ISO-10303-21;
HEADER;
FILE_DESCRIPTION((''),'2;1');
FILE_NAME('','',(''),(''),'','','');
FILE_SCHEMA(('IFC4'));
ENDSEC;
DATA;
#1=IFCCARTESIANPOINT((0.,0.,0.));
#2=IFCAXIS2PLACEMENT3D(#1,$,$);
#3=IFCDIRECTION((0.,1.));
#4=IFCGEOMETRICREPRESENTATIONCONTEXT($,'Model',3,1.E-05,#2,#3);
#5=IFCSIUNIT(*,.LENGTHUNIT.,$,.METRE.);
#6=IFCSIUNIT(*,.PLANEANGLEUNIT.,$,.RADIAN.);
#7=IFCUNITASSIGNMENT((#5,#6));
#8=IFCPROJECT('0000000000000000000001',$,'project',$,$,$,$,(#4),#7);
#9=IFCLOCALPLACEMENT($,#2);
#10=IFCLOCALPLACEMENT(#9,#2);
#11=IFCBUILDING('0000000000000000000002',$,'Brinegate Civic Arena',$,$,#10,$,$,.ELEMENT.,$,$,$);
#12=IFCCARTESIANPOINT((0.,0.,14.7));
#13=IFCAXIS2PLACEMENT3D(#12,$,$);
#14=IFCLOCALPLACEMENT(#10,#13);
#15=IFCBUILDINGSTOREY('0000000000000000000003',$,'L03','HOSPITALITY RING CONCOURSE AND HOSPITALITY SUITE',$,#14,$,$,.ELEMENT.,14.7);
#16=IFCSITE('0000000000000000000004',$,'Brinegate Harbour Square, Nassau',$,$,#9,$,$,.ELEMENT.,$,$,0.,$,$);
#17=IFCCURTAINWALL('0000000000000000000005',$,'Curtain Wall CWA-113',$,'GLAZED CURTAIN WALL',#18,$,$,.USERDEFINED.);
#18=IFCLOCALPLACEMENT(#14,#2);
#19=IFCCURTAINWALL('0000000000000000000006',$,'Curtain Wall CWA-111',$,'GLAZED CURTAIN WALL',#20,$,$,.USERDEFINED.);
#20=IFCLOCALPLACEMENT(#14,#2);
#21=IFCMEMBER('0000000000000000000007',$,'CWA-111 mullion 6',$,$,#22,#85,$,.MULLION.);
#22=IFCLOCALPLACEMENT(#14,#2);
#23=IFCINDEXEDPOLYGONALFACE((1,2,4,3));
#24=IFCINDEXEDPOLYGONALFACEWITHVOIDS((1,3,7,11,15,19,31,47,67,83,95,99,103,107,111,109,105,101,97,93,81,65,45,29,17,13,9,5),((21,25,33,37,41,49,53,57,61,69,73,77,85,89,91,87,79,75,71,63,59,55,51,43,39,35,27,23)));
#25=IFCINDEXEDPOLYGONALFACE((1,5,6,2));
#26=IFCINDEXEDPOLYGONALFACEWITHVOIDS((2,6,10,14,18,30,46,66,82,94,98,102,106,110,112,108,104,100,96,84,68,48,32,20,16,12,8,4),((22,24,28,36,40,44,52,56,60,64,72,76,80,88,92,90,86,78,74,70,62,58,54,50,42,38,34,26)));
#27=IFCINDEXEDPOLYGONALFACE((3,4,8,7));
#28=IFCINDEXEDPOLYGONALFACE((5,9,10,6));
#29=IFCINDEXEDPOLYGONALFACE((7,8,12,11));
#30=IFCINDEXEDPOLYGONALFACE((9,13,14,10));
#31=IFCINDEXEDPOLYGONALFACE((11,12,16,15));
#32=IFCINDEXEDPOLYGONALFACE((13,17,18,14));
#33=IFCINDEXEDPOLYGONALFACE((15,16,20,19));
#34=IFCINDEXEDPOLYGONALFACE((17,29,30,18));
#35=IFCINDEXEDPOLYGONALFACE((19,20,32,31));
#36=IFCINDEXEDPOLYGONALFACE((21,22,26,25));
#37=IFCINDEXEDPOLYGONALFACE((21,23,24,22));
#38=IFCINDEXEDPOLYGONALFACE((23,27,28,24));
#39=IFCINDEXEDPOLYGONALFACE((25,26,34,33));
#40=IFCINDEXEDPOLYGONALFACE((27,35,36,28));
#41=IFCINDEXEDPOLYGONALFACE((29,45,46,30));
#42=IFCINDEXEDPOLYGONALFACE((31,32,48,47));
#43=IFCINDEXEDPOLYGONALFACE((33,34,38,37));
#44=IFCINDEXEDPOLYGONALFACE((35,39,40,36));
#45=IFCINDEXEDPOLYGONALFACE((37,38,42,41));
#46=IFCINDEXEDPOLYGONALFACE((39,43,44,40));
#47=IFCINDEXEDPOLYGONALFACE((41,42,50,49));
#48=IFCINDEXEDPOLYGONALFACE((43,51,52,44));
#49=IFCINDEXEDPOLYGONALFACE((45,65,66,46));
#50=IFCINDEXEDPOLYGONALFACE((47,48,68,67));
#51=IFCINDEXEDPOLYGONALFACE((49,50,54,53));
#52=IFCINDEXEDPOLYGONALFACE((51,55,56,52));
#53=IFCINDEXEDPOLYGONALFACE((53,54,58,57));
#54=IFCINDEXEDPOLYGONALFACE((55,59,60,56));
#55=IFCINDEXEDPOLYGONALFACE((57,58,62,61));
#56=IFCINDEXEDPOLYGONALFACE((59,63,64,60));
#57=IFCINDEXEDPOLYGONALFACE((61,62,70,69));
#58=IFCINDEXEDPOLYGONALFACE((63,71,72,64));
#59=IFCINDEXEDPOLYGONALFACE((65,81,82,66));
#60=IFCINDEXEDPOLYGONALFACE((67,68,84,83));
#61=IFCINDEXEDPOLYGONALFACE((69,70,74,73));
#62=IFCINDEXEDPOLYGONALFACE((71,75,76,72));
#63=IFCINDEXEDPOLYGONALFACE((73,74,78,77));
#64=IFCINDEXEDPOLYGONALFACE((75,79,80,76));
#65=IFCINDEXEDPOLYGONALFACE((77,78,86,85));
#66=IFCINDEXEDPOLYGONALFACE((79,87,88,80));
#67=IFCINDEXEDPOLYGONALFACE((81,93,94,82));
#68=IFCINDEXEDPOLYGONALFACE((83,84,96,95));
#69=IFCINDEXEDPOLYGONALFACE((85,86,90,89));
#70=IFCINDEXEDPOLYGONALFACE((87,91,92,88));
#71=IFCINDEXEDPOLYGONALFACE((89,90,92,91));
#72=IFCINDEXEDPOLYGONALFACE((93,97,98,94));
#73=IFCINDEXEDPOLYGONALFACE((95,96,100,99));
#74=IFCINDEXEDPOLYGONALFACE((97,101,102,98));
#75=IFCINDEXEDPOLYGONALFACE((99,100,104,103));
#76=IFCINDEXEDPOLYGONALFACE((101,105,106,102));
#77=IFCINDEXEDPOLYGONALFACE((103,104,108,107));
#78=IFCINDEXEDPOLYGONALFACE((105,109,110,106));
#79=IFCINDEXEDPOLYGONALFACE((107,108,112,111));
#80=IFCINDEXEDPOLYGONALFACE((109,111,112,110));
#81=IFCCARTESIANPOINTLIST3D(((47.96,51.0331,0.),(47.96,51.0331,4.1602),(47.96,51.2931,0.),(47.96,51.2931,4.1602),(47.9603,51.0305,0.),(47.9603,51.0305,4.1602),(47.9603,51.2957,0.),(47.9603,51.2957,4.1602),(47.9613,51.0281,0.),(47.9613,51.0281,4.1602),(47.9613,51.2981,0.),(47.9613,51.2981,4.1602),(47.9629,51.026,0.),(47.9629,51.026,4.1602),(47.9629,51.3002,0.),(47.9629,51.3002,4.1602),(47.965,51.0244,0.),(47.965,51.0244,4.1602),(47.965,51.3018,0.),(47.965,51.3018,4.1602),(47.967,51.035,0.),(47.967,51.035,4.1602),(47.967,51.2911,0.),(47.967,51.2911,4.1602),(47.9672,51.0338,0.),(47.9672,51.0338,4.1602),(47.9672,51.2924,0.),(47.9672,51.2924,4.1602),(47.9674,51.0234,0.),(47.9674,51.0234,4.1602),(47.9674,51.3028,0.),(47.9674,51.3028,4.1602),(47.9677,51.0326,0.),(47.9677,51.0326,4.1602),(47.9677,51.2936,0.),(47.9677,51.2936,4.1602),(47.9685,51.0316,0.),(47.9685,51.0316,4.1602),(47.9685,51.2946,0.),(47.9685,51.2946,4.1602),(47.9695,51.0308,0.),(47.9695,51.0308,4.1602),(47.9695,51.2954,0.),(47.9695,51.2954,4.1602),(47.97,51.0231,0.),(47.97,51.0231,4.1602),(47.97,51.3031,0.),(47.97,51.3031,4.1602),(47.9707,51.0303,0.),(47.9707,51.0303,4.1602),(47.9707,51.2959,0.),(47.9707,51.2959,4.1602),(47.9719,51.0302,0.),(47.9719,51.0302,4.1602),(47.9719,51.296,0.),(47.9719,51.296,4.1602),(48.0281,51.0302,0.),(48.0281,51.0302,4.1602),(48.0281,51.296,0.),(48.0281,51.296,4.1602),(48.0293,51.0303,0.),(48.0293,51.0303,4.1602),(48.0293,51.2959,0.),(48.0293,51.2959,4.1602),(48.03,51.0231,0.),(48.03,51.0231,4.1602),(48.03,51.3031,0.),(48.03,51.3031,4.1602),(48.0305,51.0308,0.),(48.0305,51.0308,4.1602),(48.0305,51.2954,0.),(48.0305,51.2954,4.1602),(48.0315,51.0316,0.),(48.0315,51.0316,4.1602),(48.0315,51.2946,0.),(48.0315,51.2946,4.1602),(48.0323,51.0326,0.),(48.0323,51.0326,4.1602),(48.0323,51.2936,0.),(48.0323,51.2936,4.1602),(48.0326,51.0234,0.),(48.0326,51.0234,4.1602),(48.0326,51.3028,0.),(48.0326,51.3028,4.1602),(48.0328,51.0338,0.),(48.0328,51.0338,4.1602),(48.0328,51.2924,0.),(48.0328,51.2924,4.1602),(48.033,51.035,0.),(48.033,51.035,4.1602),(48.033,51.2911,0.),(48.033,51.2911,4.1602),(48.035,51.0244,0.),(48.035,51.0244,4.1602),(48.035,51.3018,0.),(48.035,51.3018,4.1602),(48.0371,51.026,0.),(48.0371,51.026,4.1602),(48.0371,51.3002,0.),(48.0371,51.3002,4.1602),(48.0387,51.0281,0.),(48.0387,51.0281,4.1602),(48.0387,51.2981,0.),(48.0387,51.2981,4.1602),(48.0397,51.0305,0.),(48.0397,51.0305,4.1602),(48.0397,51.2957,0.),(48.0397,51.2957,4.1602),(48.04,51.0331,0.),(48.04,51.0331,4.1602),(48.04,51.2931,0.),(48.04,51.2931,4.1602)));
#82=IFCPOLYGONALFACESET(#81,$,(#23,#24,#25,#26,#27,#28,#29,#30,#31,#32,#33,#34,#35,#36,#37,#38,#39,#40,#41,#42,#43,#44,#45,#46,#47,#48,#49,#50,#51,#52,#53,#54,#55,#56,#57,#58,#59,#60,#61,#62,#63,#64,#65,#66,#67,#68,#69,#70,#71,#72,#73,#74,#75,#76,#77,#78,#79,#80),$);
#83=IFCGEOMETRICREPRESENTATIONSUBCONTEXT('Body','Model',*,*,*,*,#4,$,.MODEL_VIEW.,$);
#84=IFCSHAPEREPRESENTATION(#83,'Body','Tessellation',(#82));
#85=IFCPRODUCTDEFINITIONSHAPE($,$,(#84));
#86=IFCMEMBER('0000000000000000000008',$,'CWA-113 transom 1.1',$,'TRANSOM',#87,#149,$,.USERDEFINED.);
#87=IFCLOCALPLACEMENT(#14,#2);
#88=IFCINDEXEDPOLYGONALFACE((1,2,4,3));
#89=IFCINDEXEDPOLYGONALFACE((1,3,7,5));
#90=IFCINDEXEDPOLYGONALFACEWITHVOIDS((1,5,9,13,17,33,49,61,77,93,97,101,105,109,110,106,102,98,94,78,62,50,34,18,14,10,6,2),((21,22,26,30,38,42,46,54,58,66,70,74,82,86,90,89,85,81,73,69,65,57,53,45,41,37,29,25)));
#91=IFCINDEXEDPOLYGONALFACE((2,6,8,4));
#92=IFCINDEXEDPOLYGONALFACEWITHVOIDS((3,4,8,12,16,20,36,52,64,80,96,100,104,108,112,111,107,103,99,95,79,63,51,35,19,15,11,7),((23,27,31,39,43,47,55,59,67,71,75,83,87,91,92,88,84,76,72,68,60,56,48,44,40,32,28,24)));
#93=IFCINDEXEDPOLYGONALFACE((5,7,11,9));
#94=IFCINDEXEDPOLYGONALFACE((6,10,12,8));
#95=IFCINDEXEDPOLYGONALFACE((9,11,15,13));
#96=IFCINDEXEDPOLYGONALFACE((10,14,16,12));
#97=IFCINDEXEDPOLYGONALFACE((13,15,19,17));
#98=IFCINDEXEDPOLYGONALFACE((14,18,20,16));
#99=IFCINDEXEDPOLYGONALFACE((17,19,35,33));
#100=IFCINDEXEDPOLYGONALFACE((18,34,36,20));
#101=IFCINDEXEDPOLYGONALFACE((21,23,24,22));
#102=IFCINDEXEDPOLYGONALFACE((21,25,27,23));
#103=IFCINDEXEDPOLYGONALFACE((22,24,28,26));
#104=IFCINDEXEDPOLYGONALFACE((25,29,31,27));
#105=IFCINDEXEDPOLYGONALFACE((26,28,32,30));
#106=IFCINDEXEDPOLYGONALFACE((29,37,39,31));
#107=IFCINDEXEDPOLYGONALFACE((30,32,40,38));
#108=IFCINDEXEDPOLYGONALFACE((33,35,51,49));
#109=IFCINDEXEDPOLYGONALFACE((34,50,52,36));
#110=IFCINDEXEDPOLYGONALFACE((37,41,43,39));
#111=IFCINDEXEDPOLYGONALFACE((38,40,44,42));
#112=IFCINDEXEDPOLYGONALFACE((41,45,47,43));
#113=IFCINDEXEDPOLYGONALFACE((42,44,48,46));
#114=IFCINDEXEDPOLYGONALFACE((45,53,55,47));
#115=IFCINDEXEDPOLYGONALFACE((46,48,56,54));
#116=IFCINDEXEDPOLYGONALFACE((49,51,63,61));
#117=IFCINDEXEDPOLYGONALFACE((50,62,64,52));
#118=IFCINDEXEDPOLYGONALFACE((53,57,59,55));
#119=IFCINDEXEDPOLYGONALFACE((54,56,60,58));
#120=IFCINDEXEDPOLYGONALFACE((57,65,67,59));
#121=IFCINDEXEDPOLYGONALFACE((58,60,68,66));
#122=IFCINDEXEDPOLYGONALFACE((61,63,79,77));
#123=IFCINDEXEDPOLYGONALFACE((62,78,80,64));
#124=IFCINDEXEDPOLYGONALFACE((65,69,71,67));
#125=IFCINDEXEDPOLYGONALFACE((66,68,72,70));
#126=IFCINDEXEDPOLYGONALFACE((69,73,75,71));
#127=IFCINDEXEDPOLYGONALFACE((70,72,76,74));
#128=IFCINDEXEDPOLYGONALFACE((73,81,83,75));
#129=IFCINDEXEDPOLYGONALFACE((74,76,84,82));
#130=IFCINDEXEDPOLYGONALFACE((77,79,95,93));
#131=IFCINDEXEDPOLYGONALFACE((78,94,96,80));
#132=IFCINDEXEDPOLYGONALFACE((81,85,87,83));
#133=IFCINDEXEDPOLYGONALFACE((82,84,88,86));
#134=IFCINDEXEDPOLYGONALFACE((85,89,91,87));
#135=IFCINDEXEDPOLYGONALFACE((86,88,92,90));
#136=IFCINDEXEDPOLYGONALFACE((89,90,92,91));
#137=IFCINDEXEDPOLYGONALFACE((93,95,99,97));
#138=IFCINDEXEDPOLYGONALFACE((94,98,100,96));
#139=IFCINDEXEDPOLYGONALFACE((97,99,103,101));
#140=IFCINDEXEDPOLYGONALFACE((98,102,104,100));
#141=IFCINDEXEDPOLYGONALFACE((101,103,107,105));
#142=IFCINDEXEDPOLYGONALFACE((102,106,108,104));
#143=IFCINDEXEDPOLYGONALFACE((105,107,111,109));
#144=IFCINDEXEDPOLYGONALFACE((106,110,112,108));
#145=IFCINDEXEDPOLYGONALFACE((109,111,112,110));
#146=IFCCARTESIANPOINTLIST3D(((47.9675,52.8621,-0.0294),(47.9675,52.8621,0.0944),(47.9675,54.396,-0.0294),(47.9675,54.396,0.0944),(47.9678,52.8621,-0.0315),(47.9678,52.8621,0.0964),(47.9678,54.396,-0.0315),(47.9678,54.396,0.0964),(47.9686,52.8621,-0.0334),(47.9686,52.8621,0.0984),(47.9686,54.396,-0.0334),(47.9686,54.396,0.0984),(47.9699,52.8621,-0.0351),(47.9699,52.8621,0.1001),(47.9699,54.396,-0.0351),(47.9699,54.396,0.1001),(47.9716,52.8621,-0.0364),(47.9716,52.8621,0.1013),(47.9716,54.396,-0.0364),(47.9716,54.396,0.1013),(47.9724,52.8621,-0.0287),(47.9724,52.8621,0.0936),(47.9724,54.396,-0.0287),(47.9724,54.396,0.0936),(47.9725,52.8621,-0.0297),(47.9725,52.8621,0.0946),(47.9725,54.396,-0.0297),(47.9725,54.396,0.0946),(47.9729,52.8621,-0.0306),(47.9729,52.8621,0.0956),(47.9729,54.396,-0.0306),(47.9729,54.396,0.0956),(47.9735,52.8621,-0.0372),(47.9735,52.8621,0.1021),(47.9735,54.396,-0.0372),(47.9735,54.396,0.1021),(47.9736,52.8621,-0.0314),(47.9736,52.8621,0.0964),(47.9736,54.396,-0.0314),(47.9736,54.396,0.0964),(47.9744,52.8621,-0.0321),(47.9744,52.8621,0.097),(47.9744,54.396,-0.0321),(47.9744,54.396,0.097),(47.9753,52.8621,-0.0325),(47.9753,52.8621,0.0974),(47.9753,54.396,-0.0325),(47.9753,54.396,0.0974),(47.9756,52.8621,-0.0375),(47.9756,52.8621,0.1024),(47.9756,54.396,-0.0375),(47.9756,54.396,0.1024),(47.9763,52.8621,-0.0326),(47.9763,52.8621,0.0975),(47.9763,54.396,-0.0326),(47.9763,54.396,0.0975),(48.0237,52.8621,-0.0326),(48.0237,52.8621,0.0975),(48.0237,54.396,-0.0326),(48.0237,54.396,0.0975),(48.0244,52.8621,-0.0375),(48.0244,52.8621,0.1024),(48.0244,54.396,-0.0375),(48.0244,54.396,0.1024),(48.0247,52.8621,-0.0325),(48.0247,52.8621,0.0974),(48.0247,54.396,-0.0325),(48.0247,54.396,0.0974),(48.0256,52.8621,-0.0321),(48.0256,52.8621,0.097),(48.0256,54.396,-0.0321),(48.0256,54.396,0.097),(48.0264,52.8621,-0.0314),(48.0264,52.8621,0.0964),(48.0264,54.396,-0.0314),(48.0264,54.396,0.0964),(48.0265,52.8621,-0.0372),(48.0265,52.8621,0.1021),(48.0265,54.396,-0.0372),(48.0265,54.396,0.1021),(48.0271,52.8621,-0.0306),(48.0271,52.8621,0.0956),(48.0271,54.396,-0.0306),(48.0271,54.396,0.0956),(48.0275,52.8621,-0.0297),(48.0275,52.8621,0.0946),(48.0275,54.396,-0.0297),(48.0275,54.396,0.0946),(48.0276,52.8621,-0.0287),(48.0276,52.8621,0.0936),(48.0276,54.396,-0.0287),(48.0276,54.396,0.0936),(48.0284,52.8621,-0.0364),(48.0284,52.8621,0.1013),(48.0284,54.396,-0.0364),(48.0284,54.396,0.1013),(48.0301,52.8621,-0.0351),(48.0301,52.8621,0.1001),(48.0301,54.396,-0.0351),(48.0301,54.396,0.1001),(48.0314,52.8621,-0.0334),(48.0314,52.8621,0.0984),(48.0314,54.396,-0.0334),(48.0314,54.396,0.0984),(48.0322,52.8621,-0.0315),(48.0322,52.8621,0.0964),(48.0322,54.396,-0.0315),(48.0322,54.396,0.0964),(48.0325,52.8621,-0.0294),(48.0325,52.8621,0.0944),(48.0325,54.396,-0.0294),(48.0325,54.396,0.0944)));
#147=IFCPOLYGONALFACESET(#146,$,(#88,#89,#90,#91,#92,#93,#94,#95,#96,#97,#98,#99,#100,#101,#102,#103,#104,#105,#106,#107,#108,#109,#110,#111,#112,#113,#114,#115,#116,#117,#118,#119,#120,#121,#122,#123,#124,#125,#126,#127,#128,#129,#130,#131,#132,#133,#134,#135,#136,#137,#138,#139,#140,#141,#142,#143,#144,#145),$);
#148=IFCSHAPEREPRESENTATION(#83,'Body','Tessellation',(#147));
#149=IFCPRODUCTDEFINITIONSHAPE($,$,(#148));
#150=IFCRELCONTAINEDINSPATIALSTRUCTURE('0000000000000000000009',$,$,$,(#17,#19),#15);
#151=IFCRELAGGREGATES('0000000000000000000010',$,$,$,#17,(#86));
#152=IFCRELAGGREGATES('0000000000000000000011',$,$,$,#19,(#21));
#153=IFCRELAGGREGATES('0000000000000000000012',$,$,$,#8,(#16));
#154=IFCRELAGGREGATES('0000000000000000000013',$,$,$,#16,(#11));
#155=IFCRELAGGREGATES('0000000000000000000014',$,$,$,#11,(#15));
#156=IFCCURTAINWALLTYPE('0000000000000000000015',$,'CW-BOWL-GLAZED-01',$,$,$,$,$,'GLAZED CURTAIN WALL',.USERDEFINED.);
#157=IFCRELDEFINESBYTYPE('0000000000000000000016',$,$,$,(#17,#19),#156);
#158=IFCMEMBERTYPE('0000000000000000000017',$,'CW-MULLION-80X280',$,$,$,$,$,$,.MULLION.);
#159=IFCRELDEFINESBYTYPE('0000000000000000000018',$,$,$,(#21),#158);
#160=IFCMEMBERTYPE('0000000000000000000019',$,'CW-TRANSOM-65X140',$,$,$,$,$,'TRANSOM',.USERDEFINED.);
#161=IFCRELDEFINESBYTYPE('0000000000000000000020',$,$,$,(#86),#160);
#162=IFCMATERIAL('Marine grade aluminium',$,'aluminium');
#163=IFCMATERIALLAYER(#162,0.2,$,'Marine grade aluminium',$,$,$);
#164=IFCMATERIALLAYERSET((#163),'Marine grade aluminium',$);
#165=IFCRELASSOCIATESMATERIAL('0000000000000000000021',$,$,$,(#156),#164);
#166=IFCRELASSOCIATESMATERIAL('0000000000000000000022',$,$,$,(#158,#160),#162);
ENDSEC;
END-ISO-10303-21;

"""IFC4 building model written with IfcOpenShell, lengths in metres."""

from ifc_helpers import new_model, si_unit, direction, frame, origin, origin_2d, place, context, subcontext, project, spatial, hollow_rectangle, extrude, material, layer, layer_set, material_profile, profile_set, type_object, element, aggregate, save


model = new_model("IFC4")

# Units and contexts
model_context = context("Model", 3, precision=1e-05, world=origin(), true_north=direction((0.0, 1.0)))
body_context = subcontext(model_context, "Body", "Model", "MODEL_VIEW")
ifc_project = project(units=[si_unit("LENGTHUNIT", "METRE"), si_unit("PLANEANGLEUNIT", "RADIAN")], contexts=[model_context])

# Site, building, storey
site_placement = place(None, origin())
site = spatial("IfcSite", under=ifc_project, at=site_placement, Name="Brinegate Harbour Square, Nassau", CompositionType="ELEMENT", RefElevation=0.0)
building_placement = place(site_placement, origin())
building = spatial("IfcBuilding", under=site, at=building_placement, Name="Brinegate Civic Arena", CompositionType="ELEMENT")
storey_placement = place(building_placement, frame((0.0, 0.0, 14.7)))
storey = spatial("IfcBuildingStorey", under=building, at=storey_placement, Name="L03", Description="HOSPITALITY RING CONCOURSE AND HOSPITALITY SUITE", CompositionType="ELEMENT", Elevation=14.7)

# Curtain wall
ifc_material_1 = material(Name="Marine grade aluminium", Category="aluminium")
ifc_layer_1 = layer(ifc_material_1, 0.2, Name="Marine grade aluminium")
ifc_layer_set_1 = layer_set([ifc_layer_1], Name="Marine grade aluminium")
curtain_wall_type_1 = type_object("IfcCurtainWallType", Name="CW-BOWL-GLAZED-01", ElementType="GLAZED CURTAIN WALL", PredefinedType="USERDEFINED", material=ifc_layer_set_1)
curtain_wall_1_placement = place(storey_placement, origin())
curtain_wall_1 = element("IfcCurtainWall", 1, at=curtain_wall_1_placement, inside=storey, type_object=curtain_wall_type_1, Name="Curtain Wall CWA-113", ObjectType="GLAZED CURTAIN WALL", PredefinedType="USERDEFINED")

# Curtain wall, member
curtain_wall_2_placement = place(storey_placement, origin())
curtain_wall_2 = element("IfcCurtainWall", 2, at=curtain_wall_2_placement, inside=storey, type_object=curtain_wall_type_1, Name="Curtain Wall CWA-111", ObjectType="GLAZED CURTAIN WALL", PredefinedType="USERDEFINED")
ifc_material_profile_1 = material_profile(ifc_material_1, hollow_rectangle(XDim=0.0801, YDim=0.28, WallThickness=0.0071, InnerFilletRadius=0.0049, OuterFilletRadius=0.01, at=origin_2d()), Name="MUL80X280")
ifc_profile_set_1 = profile_set([ifc_material_profile_1], Name="Marine grade aluminium")
member_type_1 = type_object("IfcMemberType", Name="CW-MULLION-80X280", PredefinedType="MULLION", material=ifc_profile_set_1)
member_1_placement = place(storey_placement, frame((48.0, 51.1631, 0.0), z_axis=(0.0, 0.0, 1.0), x_axis=(-1.0, 0.0, 0.0)))
member_1 = element("IfcMember", 3, at=member_1_placement, type_object=member_type_1, Name="CWA-111 mullion 6", PredefinedType="MULLION", context=body_context, shape_type="SweptSolid", body=[
    extrude(hollow_rectangle(XDim=0.0801, YDim=0.28, WallThickness=0.0071, InnerFilletRadius=0.0049, OuterFilletRadius=0.01, at=origin_2d()), origin(), (0.0, 0.0, 1.0), 4.1602),
])

# Member
ifc_material_profile_2 = material_profile(ifc_material_1, hollow_rectangle(XDim=0.0649, YDim=0.1399, WallThickness=0.0049, InnerFilletRadius=0.0039, OuterFilletRadius=0.0081, at=origin_2d()), Name="TRN65X140")
ifc_profile_set_2 = profile_set([ifc_material_profile_2], Name="Marine grade aluminium")
member_type_2 = type_object("IfcMemberType", Name="CW-TRANSOM-65X140", ElementType="TRANSOM", PredefinedType="USERDEFINED", material=ifc_profile_set_2)
member_2_placement = place(storey_placement, frame((48.0, 52.8621, 0.0325), z_axis=(0.0, 1.0, 0.0), x_axis=(-1.0, 0.0, 0.0)))
member_2 = element("IfcMember", 4, at=member_2_placement, type_object=member_type_2, Name="CWA-113 transom 1.1", ObjectType="TRANSOM", PredefinedType="USERDEFINED", context=body_context, shape_type="SweptSolid", body=[
    extrude(hollow_rectangle(XDim=0.0649, YDim=0.1399, WallThickness=0.0049, InnerFilletRadius=0.0039, OuterFilletRadius=0.0081, at=origin_2d()), origin(), (0.0, 0.0, 1.0), 1.5339),
])

aggregate(curtain_wall_1, [member_2])
aggregate(curtain_wall_2, [member_1])

save(model, "model.ifc")
